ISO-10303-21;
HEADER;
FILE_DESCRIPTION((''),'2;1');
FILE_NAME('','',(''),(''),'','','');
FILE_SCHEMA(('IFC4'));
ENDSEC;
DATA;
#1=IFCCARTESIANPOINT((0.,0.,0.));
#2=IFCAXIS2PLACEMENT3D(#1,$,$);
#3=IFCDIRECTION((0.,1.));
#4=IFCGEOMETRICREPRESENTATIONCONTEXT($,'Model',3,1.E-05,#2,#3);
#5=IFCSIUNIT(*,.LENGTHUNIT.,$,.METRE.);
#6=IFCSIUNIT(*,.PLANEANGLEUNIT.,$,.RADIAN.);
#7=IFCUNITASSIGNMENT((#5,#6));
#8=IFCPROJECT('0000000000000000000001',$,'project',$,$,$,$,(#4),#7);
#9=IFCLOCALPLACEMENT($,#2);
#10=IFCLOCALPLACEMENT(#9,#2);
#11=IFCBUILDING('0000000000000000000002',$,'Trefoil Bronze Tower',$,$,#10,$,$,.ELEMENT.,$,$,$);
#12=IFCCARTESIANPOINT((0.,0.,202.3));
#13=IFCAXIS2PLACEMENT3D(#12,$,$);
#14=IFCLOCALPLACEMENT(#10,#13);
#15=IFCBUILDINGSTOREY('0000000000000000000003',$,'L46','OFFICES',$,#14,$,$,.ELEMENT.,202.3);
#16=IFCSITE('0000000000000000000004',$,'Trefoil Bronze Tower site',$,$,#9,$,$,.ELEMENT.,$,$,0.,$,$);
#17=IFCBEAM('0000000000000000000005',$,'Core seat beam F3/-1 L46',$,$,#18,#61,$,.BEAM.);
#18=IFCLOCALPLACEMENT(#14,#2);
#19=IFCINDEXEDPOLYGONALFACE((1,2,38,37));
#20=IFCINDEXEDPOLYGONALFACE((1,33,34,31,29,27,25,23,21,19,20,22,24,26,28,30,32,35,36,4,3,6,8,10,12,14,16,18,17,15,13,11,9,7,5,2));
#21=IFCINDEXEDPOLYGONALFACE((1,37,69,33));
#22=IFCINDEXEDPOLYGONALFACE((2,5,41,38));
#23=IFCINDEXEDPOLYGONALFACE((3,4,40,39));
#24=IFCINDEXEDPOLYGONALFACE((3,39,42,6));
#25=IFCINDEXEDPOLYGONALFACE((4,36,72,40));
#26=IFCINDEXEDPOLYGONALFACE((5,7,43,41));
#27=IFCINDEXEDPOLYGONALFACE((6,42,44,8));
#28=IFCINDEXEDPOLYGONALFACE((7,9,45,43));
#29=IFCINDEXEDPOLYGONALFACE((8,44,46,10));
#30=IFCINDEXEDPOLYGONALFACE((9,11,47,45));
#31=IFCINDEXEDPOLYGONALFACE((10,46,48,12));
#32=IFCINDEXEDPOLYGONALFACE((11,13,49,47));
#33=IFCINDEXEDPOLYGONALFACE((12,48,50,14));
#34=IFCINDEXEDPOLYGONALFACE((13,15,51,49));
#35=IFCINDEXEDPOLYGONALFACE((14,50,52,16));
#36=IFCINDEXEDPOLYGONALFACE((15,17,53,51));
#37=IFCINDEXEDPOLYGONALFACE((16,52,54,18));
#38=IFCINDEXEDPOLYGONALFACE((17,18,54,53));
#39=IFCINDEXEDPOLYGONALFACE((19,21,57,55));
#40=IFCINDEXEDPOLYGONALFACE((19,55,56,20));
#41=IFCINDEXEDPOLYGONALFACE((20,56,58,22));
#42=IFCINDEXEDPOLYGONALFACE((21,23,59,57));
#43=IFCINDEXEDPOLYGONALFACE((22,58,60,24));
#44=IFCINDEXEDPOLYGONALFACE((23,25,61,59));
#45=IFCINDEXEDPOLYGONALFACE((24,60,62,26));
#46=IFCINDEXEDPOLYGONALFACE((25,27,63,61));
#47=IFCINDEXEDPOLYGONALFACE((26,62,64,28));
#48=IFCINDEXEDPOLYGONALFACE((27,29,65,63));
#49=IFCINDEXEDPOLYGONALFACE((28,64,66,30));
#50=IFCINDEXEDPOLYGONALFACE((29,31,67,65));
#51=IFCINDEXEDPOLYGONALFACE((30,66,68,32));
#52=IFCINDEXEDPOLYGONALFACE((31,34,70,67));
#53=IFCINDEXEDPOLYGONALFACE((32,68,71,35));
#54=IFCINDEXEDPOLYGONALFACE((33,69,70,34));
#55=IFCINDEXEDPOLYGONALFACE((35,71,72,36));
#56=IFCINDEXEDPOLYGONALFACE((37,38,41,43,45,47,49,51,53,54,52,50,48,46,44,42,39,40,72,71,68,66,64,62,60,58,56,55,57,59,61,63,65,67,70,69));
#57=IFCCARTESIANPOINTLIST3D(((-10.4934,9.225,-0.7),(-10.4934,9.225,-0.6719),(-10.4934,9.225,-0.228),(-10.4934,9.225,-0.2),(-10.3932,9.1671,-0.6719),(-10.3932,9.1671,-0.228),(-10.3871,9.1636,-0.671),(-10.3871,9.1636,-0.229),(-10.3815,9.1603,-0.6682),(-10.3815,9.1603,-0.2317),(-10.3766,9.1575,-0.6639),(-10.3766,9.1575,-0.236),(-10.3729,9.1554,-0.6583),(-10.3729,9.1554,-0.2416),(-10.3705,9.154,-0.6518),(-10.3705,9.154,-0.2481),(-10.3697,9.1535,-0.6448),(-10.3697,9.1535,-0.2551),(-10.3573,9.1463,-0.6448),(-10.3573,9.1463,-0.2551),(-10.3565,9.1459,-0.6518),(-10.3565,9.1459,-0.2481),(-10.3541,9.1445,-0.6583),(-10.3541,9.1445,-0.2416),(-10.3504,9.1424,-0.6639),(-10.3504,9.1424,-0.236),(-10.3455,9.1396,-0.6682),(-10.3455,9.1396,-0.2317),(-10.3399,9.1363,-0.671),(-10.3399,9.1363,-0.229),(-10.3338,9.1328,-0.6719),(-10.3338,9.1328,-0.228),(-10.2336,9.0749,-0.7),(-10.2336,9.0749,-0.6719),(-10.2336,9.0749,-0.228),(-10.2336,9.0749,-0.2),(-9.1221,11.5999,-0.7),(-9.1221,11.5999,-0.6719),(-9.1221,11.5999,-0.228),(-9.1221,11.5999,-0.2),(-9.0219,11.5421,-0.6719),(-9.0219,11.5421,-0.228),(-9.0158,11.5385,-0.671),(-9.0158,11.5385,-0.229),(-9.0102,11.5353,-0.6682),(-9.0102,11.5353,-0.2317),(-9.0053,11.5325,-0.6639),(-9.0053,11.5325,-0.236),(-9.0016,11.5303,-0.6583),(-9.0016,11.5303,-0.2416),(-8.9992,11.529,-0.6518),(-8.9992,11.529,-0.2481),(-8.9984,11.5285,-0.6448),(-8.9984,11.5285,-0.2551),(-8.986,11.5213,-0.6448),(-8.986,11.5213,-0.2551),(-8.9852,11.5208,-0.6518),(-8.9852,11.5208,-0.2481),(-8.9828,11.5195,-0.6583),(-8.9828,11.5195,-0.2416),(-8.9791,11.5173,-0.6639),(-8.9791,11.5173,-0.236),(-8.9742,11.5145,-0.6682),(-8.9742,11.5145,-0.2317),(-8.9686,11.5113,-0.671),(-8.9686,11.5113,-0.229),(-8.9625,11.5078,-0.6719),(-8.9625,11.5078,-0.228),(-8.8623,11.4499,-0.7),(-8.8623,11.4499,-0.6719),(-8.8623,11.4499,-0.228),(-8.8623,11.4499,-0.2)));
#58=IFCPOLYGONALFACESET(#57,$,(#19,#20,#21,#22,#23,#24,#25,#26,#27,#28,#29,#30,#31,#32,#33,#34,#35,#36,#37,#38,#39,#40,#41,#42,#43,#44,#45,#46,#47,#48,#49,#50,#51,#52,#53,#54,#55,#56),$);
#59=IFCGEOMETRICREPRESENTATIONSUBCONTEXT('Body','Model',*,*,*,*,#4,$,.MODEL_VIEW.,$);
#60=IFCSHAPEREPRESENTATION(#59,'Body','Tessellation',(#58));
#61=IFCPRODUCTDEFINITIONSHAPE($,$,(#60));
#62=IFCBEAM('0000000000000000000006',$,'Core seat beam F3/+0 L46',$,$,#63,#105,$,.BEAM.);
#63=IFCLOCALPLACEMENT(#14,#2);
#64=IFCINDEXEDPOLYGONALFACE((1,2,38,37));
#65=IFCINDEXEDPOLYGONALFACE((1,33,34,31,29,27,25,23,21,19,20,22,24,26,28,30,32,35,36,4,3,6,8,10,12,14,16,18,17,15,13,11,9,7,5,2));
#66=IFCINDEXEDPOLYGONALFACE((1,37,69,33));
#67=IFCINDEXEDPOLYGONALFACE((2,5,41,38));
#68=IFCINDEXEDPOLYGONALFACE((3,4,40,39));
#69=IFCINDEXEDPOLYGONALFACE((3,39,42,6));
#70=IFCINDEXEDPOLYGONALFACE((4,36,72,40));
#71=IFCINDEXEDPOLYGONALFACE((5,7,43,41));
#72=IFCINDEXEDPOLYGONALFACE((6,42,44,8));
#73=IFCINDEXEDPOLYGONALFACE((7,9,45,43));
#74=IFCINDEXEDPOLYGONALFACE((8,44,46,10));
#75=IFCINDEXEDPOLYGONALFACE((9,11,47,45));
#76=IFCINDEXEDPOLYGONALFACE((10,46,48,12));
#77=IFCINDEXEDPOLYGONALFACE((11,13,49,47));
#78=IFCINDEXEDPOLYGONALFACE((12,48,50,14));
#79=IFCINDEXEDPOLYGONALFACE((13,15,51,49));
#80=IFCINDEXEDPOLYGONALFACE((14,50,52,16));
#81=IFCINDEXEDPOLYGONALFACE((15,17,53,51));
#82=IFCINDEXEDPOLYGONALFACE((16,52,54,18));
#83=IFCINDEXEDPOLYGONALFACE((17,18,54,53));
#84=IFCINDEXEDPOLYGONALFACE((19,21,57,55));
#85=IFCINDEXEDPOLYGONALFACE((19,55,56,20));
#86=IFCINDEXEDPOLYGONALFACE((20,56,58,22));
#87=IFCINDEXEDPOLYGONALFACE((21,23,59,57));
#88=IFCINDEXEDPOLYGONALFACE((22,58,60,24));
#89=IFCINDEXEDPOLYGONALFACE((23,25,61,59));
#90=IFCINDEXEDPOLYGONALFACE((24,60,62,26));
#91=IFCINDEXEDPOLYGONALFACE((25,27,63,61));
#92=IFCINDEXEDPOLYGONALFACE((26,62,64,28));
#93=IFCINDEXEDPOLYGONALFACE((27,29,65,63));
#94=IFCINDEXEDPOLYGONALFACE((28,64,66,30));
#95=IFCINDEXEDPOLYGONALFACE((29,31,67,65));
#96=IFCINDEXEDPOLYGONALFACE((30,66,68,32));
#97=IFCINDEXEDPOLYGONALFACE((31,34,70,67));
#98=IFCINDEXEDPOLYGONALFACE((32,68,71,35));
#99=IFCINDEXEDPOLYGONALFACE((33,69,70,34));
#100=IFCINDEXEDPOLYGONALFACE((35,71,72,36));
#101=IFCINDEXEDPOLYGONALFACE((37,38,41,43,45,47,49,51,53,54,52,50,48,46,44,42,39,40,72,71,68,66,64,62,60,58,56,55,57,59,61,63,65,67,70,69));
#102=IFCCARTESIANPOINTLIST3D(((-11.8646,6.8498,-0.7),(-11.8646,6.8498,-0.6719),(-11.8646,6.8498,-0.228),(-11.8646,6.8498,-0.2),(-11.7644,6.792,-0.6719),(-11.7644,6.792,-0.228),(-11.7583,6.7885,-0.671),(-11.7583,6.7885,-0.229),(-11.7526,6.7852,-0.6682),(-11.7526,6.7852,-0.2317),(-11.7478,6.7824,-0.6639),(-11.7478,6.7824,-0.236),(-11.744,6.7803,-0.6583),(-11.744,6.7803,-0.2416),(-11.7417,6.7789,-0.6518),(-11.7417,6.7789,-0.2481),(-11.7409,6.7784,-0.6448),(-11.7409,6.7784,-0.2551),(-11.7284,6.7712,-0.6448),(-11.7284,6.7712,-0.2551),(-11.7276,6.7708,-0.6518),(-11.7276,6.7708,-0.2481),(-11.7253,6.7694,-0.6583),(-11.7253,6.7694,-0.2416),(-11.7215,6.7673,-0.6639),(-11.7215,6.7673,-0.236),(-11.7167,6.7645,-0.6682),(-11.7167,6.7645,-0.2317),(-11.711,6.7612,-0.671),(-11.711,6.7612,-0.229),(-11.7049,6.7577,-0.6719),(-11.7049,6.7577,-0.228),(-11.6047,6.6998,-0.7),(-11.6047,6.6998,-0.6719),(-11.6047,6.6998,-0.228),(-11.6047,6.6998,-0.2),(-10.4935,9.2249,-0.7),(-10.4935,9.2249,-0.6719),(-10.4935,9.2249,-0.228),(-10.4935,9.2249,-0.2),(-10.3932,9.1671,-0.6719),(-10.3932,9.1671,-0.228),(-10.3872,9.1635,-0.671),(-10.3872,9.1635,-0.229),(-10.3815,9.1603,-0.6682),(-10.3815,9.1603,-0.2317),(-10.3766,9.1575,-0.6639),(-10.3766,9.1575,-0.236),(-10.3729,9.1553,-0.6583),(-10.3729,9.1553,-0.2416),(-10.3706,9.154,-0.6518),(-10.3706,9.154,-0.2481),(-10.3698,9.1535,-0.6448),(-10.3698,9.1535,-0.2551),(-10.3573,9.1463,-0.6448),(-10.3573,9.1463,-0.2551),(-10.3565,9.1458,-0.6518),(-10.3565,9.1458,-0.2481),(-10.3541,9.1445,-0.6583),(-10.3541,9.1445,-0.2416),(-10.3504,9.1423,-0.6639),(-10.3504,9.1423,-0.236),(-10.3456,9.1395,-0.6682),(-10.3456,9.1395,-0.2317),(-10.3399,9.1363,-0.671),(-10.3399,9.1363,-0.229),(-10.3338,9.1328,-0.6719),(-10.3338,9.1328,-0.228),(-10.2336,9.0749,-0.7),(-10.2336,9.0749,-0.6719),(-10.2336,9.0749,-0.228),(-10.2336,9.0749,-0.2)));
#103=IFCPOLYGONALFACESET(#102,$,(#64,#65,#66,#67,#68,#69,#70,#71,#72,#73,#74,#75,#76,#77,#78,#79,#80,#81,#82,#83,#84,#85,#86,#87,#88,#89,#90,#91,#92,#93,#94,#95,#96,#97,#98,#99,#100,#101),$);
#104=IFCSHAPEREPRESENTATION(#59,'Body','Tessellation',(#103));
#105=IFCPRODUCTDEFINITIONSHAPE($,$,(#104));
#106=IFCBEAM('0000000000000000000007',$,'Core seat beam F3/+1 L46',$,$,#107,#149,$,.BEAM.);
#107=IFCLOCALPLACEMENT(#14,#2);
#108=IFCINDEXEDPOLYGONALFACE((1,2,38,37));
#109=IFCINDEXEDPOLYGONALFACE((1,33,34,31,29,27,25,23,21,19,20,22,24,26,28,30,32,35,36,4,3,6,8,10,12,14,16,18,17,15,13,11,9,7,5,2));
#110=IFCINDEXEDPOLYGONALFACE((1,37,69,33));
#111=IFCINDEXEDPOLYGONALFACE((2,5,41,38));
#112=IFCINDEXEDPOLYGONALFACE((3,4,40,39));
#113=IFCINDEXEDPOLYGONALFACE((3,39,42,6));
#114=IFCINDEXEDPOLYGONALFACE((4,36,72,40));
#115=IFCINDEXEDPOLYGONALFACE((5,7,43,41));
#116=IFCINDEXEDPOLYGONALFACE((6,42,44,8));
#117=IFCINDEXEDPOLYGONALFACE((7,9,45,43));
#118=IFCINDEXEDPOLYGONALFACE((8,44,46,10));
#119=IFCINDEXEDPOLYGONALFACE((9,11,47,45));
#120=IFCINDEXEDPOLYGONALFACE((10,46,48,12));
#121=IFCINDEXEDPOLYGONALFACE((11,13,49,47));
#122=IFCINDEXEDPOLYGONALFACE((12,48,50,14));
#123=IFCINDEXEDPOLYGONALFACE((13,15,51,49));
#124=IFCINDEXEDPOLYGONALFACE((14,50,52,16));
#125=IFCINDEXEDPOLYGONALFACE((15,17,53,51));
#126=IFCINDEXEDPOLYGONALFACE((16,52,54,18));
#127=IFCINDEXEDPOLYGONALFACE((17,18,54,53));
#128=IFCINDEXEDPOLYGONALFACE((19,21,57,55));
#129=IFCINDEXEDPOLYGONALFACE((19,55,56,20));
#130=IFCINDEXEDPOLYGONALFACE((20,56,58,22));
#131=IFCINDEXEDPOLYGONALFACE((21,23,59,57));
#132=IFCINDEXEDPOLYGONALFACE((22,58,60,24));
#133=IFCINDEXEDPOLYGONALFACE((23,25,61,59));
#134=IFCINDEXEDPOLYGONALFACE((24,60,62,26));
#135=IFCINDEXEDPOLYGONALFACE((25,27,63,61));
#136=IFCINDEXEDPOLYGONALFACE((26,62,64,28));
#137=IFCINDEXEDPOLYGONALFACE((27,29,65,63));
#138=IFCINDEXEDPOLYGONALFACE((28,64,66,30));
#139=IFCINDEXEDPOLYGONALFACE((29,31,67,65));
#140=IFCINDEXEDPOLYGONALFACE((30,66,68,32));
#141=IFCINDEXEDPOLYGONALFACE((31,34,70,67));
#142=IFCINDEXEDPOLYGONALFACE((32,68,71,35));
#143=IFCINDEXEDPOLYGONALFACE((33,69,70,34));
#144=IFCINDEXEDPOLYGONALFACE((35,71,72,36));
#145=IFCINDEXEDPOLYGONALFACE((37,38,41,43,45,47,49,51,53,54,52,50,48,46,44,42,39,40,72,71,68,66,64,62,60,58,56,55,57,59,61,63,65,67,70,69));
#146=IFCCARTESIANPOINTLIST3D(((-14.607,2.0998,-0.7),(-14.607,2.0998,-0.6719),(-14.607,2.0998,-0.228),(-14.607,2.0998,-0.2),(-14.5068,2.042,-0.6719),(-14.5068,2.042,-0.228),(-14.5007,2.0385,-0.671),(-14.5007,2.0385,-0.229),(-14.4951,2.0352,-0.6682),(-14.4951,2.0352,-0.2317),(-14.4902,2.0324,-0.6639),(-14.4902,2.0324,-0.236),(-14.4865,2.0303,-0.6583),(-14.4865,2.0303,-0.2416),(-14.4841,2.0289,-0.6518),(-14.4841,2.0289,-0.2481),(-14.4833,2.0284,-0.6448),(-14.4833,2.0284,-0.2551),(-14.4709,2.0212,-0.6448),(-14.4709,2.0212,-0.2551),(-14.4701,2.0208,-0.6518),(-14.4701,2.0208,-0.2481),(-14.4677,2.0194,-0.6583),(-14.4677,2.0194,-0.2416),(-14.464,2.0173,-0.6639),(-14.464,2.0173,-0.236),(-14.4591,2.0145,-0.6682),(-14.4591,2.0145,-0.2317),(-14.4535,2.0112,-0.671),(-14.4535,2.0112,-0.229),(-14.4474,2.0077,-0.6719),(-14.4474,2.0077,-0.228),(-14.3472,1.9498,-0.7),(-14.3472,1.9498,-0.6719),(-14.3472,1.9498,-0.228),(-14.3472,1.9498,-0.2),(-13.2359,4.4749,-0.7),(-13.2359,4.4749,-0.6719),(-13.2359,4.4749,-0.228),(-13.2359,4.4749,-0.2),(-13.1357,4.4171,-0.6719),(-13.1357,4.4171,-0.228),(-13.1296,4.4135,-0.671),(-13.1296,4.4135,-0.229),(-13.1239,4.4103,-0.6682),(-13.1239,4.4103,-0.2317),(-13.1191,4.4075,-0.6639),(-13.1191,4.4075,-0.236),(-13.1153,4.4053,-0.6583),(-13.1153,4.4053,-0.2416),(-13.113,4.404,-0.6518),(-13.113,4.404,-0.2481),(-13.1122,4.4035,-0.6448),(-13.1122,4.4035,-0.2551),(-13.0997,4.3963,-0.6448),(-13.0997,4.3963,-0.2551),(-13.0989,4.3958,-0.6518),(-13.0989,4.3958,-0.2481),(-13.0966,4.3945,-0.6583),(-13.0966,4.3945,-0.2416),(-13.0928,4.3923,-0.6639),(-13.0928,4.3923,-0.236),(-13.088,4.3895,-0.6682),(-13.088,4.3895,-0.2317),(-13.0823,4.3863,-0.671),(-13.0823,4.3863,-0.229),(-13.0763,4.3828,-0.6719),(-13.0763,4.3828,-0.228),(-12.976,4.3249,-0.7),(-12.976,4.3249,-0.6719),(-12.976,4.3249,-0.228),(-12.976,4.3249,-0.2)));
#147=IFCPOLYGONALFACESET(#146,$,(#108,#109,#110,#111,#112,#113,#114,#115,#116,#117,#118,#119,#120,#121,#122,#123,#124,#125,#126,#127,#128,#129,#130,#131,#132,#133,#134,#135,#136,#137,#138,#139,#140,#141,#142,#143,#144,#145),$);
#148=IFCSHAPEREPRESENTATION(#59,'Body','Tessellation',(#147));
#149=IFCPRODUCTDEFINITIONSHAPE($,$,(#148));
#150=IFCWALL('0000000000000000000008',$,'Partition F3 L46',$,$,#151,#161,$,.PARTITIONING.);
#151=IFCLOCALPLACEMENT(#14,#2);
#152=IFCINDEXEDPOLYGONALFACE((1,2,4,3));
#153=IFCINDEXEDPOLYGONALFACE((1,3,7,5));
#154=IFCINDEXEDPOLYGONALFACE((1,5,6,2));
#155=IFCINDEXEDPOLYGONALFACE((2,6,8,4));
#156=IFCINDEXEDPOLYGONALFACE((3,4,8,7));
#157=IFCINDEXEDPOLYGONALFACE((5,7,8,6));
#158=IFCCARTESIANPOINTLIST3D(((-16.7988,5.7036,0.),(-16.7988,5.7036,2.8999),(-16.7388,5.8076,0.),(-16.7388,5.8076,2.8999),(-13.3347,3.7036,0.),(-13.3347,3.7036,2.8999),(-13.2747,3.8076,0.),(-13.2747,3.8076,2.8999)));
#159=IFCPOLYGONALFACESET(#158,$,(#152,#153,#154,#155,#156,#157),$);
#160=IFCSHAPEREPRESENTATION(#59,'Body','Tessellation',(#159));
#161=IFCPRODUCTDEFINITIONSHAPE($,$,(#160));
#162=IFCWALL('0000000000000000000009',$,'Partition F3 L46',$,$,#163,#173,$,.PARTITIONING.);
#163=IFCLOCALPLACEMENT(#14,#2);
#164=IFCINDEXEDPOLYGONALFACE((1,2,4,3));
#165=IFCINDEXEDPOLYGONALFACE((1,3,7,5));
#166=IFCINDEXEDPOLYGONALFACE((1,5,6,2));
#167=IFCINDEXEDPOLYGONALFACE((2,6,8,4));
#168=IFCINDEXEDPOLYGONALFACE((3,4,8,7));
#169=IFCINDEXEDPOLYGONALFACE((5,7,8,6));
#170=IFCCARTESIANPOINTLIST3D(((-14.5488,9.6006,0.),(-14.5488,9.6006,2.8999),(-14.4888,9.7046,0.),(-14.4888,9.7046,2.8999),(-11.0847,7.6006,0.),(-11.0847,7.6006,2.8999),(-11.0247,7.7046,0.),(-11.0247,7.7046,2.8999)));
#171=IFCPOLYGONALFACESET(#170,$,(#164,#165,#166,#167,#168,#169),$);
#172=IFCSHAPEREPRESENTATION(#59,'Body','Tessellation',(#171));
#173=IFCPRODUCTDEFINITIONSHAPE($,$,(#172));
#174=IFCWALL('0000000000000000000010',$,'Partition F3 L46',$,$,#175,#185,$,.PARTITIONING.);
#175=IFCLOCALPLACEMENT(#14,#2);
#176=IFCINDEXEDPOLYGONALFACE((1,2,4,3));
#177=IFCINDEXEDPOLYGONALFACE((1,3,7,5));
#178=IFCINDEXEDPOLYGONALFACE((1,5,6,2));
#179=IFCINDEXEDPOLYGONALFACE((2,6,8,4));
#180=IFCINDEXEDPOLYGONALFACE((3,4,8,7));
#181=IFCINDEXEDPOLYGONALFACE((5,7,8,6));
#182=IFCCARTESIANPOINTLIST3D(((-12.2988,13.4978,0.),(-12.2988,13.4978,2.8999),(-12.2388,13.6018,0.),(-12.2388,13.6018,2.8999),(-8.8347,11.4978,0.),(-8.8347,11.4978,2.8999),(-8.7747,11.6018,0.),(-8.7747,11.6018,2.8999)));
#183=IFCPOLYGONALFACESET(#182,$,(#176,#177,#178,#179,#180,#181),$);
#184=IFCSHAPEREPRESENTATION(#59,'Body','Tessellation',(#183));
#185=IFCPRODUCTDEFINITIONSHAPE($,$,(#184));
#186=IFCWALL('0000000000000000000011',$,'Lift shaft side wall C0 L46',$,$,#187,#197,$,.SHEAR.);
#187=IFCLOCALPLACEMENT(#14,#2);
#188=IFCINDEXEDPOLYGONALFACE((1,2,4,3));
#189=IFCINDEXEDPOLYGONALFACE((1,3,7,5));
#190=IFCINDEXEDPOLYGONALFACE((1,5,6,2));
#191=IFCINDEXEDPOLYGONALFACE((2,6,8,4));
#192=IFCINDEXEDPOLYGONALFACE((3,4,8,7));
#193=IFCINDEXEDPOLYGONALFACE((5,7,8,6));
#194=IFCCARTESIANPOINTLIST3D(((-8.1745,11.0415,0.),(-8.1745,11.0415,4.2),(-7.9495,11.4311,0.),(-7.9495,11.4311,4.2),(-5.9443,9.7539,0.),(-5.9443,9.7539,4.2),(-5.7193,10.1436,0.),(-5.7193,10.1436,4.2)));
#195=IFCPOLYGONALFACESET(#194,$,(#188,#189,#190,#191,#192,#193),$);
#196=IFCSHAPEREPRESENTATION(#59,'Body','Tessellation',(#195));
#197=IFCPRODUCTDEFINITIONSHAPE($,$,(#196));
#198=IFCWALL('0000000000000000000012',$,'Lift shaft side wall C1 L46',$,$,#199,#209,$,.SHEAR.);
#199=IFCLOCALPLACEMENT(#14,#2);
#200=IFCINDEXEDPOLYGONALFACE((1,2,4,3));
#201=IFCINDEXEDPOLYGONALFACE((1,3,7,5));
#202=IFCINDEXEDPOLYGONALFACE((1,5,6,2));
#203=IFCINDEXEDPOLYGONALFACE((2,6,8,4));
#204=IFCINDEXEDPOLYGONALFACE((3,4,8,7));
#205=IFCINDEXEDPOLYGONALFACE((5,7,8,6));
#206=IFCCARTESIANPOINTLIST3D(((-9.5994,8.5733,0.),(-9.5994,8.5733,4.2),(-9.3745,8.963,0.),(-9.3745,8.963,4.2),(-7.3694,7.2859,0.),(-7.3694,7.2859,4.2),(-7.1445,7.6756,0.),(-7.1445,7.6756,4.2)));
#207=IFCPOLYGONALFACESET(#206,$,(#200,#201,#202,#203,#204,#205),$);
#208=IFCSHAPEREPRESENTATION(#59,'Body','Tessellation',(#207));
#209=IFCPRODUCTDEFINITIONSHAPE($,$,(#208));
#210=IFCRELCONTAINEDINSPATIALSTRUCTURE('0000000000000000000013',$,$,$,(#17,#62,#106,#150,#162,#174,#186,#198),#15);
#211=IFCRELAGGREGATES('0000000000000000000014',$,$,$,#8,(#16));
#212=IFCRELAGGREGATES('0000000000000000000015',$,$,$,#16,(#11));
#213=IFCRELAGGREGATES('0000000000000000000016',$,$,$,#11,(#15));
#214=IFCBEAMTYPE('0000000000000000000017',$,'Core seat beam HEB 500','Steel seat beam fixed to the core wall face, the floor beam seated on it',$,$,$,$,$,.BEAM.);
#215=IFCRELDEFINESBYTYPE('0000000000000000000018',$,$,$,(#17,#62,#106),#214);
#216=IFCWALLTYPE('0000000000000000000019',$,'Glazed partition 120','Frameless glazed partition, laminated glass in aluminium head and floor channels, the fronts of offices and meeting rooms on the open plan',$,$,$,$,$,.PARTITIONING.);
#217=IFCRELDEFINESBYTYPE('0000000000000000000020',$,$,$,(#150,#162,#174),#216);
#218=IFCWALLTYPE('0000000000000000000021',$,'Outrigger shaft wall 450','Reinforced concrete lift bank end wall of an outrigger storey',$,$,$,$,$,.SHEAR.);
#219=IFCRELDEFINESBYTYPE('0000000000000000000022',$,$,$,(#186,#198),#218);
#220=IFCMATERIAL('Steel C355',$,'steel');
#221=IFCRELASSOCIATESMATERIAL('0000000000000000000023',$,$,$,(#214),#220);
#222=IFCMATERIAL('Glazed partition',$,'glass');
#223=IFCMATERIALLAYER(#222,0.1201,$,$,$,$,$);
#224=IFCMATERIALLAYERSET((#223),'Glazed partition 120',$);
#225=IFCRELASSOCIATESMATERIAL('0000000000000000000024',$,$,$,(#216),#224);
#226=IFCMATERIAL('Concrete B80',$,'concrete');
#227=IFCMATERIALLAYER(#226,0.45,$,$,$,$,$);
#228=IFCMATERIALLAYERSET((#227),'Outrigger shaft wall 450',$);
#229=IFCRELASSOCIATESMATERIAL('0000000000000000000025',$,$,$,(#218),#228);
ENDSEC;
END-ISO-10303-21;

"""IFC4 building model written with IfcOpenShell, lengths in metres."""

from ifc_helpers import new_model, si_unit, direction, frame, frame_2d, origin, origin_2d, place, context, subcontext, project, spatial, rectangle, i_section, extrude, material, layer, layer_set, material_profile, profile_set, type_object, element, save


model = new_model("IFC4")

# Units and contexts
model_context = context("Model", 3, precision=1e-05, world=origin(), true_north=direction((0.0, 1.0)))
body_context = subcontext(model_context, "Body", "Model", "MODEL_VIEW")
ifc_project = project(units=[si_unit("LENGTHUNIT", "METRE"), si_unit("PLANEANGLEUNIT", "RADIAN")], contexts=[model_context])

# Site, building, storey
site_placement = place(None, origin())
site = spatial("IfcSite", under=ifc_project, at=site_placement, Name="Trefoil Bronze Tower site", CompositionType="ELEMENT", RefElevation=0.0)
building_placement = place(site_placement, origin())
building = spatial("IfcBuilding", under=site, at=building_placement, Name="Trefoil Bronze Tower", CompositionType="ELEMENT")
storey_placement = place(building_placement, frame((0.0, 0.0, 202.3)))
storey = spatial("IfcBuildingStorey", under=building, at=storey_placement, Name="L46", Description="OFFICES", CompositionType="ELEMENT", Elevation=202.3)

# Beams
ifc_material_1 = material(Name="Steel C355", Category="steel")
ifc_material_profile = material_profile(ifc_material_1, i_section(OverallWidth=0.3, OverallDepth=0.5, WebThickness=0.0144, FlangeThickness=0.0281, FilletRadius=0.0271, at=origin_2d()), Name="HEB 500")
ifc_profile_set = profile_set([ifc_material_profile], Name="Steel C355")
beam_type = type_object("IfcBeamType", Name="Core seat beam HEB 500", Description="Steel seat beam fixed to the core wall face, the floor beam seated on it", PredefinedType="BEAM", material=ifc_profile_set)
for number, where, z_axis, x_axis, name in (
    (1, (-8.9922, 11.5249, -0.45), (-0.500036, -0.866005, 0.0), (0.866005, -0.500036, 0.0), "Core seat beam F3/-1 L46"),
    (2, (-10.3635, 9.1499, -0.45), (-0.499969, -0.866043, 0.0), (0.866043, -0.499969, 0.0), "Core seat beam F3/+0 L46"),
    (3, (-13.106, 4.3999, -0.45), (-0.499969, -0.866043, 0.0), (0.866043, -0.499969, 0.0), "Core seat beam F3/+1 L46"),
):
    element("IfcBeam", number, at=place(storey_placement, frame(where, z_axis=z_axis, x_axis=x_axis)), inside=storey, type_object=beam_type, Name=name, PredefinedType="BEAM", context=body_context, shape_type="SweptSolid", body=[
        extrude(i_section(OverallWidth=0.3, OverallDepth=0.5, WebThickness=0.0144, FlangeThickness=0.0281, FilletRadius=0.0271, at=origin_2d()), origin(), (0.0, 0.0, 1.0), 2.7424),
    ])

# Walls
ifc_material_2 = material(Name="Glazed partition", Category="glass")
ifc_layer_1 = layer(ifc_material_2, 0.1201)
ifc_layer_set_1 = layer_set([ifc_layer_1], Name="Glazed partition 120")
wall_type_1 = type_object("IfcWallType", Name="Glazed partition 120", Description="Frameless glazed partition, laminated glass in aluminium head and floor channels, the fronts of offices and meeting rooms on the open plan", PredefinedType="PARTITIONING", material=ifc_layer_set_1)
for number, where, z_axis, x_axis, name in (
    (4, (-13.3047, 3.7556, 0.0), (0.0, 0.0, 1.0), (-0.866026, 0.499999, 0.0), "Partition F3 L46"),
    (5, (-11.0547, 7.6526, 0.0), (0.0, 0.0, 1.0), (-0.866026, 0.499999, 0.0), "Partition F3 L46"),
    (6, (-8.8047, 11.5498, 0.0), (0.0, 0.0, 1.0), (-0.866026, 0.499999, 0.0), "Partition F3 L46"),
):
    element("IfcWall", number, at=place(storey_placement, frame(where, z_axis=z_axis, x_axis=x_axis)), inside=storey, type_object=wall_type_1, Name=name, PredefinedType="PARTITIONING", context=body_context, shape_type="SweptSolid", body=[
        extrude(rectangle(XDim=4.0, YDim=0.1201, at=frame_2d((2.0, 0.0))), origin(), (0.0, 0.0, 1.0), 2.8999),
    ])
ifc_material_3 = material(Name="Concrete B80", Category="concrete")
ifc_layer_2 = layer(ifc_material_3, 0.45)
ifc_layer_set_2 = layer_set([ifc_layer_2], Name="Outrigger shaft wall 450")
wall_type_2 = type_object("IfcWallType", Name="Outrigger shaft wall 450", Description="Reinforced concrete lift bank end wall of an outrigger storey", PredefinedType="SHEAR", material=ifc_layer_set_2)
wall_1_placement = place(storey_placement, frame((-5.8318, 9.9487, 0.0), z_axis=(0.0, 0.0, 1.0), x_axis=(-0.866029, 0.499993, 0.0)))
element("IfcWall", 7, at=wall_1_placement, inside=storey, type_object=wall_type_2, Name="Lift shaft side wall C0 L46", PredefinedType="SHEAR", context=body_context, shape_type="SweptSolid", body=[
    extrude(rectangle(XDim=2.5752, YDim=0.45, at=frame_2d((1.2876, 0.0))), origin(), (0.0, 0.0, 1.0), 4.2),
])
for number, where, z_axis, x_axis, name in (
    (8, (-7.2568, 7.4807, 0.0), (0.0, 0.0, 1.0), (-0.866047, 0.499963, 0.0), "Lift shaft side wall C1 L46"),
):
    element("IfcWall", number, at=place(storey_placement, frame(where, z_axis=z_axis, x_axis=x_axis)), inside=storey, type_object=wall_type_2, Name=name, PredefinedType="SHEAR", context=body_context, shape_type="SweptSolid", body=[
        extrude(rectangle(XDim=2.575, YDim=0.45, at=frame_2d((1.2876, 0.0))), origin(), (0.0, 0.0, 1.0), 4.2),
    ])

save(model, "model.ifc")
